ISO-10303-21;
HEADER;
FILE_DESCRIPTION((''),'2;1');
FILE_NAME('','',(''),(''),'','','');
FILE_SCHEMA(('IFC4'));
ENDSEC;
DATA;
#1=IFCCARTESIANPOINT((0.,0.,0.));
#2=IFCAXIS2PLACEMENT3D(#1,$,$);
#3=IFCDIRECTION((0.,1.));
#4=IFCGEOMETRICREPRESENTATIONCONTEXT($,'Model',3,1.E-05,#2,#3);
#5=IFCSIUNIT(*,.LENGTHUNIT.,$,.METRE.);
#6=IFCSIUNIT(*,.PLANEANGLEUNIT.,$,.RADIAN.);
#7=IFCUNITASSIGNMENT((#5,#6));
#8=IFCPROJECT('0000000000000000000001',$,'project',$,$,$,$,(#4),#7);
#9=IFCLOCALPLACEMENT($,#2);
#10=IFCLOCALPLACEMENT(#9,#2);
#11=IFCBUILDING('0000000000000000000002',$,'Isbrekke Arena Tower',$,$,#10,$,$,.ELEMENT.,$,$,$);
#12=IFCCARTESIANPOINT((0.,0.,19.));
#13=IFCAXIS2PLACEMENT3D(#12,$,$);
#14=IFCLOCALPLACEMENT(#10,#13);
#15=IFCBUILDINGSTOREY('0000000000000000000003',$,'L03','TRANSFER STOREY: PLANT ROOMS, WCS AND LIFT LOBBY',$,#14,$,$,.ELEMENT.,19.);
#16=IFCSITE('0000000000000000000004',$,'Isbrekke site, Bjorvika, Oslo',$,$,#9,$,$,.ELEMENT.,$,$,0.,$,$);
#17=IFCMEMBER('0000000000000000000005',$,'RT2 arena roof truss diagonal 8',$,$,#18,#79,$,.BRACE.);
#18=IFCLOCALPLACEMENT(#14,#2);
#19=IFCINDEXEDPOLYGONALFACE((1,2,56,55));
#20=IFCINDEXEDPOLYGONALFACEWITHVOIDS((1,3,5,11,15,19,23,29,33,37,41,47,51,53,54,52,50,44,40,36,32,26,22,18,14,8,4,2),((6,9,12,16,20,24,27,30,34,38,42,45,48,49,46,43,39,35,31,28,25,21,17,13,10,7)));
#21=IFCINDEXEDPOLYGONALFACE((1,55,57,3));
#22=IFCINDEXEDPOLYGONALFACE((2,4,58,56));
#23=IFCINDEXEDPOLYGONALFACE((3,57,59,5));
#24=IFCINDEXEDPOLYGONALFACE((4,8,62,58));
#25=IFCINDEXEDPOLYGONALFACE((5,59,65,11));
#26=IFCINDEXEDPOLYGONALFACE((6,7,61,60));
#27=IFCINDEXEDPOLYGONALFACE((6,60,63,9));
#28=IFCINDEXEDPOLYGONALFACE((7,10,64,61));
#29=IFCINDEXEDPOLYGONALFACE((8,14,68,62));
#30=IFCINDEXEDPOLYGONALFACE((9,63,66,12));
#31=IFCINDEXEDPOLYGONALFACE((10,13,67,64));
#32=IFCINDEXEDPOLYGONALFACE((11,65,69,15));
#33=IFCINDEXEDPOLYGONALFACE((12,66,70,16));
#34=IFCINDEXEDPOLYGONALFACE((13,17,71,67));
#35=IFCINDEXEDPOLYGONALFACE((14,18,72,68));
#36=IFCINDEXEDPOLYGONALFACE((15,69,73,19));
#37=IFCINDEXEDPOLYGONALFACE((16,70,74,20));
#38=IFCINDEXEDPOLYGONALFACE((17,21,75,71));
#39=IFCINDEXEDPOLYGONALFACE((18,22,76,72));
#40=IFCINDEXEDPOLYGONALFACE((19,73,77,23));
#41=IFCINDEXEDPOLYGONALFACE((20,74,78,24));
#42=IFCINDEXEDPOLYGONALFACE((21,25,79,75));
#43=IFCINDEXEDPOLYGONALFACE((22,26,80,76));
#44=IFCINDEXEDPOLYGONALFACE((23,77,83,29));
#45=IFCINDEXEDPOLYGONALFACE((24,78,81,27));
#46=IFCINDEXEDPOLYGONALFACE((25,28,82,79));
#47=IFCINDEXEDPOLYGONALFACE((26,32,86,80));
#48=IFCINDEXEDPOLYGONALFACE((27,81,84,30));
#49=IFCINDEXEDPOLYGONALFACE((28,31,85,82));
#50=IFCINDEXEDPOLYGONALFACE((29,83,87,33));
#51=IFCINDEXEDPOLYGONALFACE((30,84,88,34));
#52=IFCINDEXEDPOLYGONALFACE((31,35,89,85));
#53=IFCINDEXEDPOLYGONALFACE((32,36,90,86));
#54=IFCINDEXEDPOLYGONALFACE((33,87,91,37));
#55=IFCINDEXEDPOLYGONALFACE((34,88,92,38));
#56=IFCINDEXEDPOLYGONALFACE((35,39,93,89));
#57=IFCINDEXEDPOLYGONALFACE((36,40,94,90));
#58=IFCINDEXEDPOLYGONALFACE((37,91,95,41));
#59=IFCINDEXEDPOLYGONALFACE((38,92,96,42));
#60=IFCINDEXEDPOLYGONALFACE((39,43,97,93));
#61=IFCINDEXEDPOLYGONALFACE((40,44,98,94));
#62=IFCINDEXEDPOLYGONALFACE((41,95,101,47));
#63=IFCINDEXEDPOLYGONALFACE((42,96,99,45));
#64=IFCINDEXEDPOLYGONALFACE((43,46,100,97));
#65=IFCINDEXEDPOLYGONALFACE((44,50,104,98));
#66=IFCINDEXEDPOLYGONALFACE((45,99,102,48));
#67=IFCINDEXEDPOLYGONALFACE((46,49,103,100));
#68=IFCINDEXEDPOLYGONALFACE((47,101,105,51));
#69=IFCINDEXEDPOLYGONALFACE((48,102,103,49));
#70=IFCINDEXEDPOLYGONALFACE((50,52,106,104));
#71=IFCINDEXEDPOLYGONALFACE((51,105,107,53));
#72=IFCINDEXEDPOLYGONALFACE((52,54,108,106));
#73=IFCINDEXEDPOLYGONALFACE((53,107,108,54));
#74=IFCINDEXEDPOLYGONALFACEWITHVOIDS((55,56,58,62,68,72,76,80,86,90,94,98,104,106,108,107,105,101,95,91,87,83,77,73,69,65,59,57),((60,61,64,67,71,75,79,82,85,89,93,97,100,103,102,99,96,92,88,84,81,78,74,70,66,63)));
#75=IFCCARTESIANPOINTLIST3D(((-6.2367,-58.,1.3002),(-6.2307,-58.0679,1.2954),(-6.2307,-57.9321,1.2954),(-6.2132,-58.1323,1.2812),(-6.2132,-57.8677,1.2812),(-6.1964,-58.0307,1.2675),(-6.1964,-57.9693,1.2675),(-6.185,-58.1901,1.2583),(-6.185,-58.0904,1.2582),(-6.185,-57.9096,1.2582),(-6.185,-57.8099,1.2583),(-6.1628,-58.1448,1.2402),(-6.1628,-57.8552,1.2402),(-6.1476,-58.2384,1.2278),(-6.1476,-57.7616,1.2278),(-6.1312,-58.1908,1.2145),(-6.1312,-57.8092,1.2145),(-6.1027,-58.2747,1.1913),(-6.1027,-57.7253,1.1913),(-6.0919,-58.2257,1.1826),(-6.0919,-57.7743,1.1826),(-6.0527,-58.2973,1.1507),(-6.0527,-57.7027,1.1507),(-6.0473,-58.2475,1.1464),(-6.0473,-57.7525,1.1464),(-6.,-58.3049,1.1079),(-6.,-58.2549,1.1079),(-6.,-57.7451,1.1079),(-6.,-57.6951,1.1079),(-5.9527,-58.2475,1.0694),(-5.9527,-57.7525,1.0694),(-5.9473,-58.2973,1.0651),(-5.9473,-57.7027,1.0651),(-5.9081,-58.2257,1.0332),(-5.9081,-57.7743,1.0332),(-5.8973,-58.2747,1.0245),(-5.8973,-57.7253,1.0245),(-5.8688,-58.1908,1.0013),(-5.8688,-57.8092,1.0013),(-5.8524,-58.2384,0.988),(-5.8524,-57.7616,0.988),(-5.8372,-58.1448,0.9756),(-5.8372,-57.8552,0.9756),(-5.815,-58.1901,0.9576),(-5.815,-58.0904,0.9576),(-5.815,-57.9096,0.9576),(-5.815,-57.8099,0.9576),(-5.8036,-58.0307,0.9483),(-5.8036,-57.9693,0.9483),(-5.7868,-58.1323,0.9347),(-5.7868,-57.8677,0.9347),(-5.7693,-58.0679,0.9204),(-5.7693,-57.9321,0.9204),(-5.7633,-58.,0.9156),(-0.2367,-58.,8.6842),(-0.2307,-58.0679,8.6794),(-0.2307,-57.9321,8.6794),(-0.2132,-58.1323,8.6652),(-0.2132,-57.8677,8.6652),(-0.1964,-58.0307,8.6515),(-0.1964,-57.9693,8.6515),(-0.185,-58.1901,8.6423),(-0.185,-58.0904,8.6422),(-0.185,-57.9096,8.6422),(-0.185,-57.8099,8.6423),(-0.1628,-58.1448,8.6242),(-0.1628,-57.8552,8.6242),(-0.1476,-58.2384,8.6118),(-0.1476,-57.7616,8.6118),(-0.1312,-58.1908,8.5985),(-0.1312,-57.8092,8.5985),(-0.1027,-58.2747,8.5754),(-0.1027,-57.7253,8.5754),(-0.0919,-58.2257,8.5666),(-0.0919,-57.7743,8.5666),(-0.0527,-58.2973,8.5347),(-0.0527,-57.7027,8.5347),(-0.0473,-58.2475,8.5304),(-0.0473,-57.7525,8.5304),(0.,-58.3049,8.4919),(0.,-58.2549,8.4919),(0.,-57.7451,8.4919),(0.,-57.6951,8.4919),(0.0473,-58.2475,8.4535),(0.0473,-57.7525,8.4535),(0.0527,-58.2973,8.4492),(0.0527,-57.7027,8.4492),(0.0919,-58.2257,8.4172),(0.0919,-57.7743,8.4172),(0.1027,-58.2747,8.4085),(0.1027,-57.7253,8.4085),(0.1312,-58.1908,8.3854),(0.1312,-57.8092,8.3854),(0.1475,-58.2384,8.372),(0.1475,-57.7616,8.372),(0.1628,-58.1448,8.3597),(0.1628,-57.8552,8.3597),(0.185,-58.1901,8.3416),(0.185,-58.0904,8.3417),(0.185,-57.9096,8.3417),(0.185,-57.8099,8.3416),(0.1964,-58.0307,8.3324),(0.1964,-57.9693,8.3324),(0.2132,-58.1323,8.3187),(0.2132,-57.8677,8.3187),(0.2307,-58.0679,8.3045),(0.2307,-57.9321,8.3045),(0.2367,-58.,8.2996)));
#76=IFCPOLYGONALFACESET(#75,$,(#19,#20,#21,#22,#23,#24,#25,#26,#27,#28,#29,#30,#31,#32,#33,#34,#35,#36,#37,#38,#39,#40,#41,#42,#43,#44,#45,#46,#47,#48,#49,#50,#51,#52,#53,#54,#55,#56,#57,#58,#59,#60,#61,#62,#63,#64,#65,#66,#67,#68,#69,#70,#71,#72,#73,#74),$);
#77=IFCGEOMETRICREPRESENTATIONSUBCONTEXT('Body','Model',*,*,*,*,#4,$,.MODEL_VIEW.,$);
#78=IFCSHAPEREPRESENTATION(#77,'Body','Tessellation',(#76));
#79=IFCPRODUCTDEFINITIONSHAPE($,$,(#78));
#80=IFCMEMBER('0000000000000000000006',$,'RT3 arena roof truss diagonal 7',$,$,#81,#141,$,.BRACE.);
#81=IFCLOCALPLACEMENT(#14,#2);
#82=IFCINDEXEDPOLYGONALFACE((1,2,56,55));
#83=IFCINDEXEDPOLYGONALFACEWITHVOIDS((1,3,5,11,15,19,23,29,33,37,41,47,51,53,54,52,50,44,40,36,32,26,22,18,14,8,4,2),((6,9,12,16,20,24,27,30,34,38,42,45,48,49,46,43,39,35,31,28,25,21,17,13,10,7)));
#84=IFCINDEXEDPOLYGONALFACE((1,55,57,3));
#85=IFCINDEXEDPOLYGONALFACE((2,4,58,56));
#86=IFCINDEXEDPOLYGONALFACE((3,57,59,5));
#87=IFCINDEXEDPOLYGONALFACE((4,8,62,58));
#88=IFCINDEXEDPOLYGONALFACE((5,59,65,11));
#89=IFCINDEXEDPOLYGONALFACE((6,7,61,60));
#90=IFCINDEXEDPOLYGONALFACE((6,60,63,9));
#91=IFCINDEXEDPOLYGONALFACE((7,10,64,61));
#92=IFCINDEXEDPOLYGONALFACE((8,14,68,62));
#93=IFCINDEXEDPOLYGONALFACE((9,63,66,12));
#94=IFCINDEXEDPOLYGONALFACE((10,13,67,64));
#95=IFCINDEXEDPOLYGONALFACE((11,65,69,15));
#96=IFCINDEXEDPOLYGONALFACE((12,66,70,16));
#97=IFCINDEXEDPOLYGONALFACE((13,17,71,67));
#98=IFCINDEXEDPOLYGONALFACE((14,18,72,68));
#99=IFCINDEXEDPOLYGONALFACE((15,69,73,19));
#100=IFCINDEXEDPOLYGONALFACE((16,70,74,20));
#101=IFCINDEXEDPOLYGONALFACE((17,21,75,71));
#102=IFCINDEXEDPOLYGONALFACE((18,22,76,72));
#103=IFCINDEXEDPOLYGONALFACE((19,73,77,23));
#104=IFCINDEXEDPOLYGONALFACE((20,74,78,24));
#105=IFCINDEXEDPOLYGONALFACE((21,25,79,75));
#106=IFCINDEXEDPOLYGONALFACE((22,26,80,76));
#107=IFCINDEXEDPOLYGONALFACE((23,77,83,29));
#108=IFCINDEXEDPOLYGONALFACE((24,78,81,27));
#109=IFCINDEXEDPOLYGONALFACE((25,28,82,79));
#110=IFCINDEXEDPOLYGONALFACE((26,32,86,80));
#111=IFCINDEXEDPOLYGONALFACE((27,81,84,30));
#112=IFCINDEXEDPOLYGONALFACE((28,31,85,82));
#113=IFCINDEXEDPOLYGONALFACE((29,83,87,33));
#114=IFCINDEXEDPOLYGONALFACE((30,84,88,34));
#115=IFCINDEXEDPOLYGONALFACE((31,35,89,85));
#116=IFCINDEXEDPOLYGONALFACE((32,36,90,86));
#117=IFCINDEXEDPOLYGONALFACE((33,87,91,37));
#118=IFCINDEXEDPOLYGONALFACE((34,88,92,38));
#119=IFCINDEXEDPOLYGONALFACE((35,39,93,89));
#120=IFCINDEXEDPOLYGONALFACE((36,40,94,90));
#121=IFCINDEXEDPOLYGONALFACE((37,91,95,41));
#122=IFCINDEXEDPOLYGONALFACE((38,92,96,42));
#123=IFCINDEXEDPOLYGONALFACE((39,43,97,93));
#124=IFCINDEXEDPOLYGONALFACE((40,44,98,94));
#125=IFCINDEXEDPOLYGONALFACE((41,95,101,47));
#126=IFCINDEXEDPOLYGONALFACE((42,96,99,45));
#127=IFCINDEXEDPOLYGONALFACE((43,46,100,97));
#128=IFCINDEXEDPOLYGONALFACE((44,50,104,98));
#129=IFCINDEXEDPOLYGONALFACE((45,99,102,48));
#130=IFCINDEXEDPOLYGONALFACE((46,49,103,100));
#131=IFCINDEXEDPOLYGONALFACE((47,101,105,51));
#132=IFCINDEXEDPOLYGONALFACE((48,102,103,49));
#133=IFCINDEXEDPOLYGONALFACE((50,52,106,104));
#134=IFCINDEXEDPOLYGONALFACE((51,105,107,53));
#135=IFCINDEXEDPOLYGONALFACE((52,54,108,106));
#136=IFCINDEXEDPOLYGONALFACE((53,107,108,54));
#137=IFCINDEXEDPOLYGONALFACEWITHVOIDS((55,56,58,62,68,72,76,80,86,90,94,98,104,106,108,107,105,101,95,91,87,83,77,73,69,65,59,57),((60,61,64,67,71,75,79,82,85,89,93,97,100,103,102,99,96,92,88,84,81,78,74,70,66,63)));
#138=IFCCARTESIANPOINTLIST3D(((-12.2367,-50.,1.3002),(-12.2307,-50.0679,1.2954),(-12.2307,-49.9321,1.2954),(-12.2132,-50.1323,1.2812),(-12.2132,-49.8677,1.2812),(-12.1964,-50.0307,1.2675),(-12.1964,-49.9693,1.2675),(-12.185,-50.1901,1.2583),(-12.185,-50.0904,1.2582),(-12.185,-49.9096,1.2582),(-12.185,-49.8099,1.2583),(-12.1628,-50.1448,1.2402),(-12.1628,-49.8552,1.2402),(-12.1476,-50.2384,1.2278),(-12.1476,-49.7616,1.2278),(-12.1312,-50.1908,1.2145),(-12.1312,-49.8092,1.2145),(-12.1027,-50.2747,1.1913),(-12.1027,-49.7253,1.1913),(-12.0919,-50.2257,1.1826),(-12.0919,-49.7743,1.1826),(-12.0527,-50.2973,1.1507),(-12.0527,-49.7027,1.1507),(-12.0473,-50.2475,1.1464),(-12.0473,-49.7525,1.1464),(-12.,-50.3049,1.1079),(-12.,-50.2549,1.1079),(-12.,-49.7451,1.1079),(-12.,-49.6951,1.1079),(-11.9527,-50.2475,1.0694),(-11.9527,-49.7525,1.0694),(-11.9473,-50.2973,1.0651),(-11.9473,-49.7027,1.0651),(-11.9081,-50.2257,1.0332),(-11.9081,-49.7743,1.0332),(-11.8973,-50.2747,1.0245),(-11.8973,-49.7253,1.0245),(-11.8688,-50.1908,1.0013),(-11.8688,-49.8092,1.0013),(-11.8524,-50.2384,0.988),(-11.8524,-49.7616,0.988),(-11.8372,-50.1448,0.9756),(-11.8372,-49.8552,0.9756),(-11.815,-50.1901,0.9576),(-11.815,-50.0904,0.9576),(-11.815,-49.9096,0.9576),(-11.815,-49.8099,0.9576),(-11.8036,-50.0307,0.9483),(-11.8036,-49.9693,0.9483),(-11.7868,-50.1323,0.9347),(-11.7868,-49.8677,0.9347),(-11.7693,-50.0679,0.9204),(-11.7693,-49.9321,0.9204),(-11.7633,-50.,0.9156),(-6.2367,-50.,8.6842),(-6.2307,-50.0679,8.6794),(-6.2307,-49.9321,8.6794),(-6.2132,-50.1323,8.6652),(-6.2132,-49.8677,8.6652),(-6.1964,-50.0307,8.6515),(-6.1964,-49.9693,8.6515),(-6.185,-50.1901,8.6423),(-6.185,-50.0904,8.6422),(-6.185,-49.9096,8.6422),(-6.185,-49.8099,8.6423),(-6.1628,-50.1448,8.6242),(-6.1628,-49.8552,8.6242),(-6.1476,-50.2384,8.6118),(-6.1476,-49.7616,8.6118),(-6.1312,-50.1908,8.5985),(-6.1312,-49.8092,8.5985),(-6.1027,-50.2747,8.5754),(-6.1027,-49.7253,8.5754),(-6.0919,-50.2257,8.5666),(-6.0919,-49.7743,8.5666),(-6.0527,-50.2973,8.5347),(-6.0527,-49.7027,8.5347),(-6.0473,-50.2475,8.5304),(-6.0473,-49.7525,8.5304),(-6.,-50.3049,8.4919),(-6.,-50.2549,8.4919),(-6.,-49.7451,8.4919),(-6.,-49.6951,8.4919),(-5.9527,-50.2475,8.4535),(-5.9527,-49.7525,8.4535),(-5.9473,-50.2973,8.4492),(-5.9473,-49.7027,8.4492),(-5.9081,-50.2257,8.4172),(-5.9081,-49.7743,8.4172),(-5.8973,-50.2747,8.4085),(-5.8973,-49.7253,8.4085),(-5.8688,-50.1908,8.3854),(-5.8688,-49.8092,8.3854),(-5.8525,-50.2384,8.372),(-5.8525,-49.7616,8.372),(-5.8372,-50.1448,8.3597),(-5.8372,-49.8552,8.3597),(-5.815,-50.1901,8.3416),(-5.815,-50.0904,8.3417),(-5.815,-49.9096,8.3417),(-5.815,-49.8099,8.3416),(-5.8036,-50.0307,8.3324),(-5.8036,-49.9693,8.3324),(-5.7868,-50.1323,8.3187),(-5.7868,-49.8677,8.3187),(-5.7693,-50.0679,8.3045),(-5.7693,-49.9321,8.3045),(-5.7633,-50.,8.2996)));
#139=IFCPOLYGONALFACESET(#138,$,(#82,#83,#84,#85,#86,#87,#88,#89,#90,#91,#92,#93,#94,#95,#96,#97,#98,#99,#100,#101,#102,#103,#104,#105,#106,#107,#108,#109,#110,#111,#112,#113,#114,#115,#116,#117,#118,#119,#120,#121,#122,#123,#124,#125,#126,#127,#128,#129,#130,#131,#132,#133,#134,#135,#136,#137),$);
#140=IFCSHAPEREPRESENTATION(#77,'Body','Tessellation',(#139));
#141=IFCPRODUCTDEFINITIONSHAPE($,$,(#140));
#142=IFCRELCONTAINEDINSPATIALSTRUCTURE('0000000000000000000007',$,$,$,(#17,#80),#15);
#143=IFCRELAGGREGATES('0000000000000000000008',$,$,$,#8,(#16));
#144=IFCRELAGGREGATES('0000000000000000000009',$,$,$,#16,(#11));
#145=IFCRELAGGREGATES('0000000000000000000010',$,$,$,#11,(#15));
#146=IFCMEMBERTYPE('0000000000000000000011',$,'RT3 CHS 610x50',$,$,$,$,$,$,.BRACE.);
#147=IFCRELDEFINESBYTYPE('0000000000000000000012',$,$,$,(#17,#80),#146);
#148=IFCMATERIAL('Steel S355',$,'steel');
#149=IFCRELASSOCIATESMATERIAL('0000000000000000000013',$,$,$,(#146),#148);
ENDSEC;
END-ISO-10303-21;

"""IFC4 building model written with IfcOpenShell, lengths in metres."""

from ifc_helpers import new_model, si_unit, direction, frame, origin, origin_2d, place, context, subcontext, project, spatial, hollow_circle, extrude, material, material_profile, profile_set, type_object, element, save


model = new_model("IFC4")

# Units and contexts
model_context = context("Model", 3, precision=1e-05, world=origin(), true_north=direction((0.0, 1.0)))
body_context = subcontext(model_context, "Body", "Model", "MODEL_VIEW")
ifc_project = project(units=[si_unit("LENGTHUNIT", "METRE"), si_unit("PLANEANGLEUNIT", "RADIAN")], contexts=[model_context])

# Site, building, storey
site_placement = place(None, origin())
site = spatial("IfcSite", under=ifc_project, at=site_placement, Name="Isbrekke site, Bjorvika, Oslo", CompositionType="ELEMENT", RefElevation=0.0)
building_placement = place(site_placement, origin())
building = spatial("IfcBuilding", under=site, at=building_placement, Name="Isbrekke Arena Tower", CompositionType="ELEMENT")
storey_placement = place(building_placement, frame((0.0, 0.0, 19.0)))
storey = spatial("IfcBuildingStorey", under=building, at=storey_placement, Name="L03", Description="TRANSFER STOREY: PLANT ROOMS, WCS AND LIFT LOBBY", CompositionType="ELEMENT", Elevation=19.0)

# Members
ifc_material_1 = material(Name="Steel S355", Category="steel")
ifc_material_profile_1 = material_profile(ifc_material_1, hollow_circle(Radius=0.3049, WallThickness=0.05, at=origin_2d()), Name="CHS 610x50")
ifc_profile_set_1 = profile_set([ifc_material_profile_1], Name="Steel S355")
member_type_1 = type_object("IfcMemberType", Name="RT3 CHS 610x50", PredefinedType="BRACE", material=ifc_profile_set_1)
for number, where, z_axis, x_axis, name in (
    (1, (-6.0, -58.0, 1.1079), (0.630623, 0.0, 0.77609), (0.0, 1.0, 0.0), "RT2 arena roof truss diagonal 8"),
    (2, (-12.0, -50.0, 1.1079), (0.630623, 0.0, 0.77609), (0.0, 1.0, 0.0), "RT3 arena roof truss diagonal 7"),
):
    element("IfcMember", number, at=place(storey_placement, frame(where, z_axis=z_axis, x_axis=x_axis)), inside=storey, type_object=member_type_1, Name=name, PredefinedType="BRACE", context=body_context, shape_type="SweptSolid", body=[
        extrude(hollow_circle(Radius=0.3049, WallThickness=0.05, at=origin_2d()), origin(), (0.0, 0.0, 1.0), 9.5144),
    ])

save(model, "model.ifc")
